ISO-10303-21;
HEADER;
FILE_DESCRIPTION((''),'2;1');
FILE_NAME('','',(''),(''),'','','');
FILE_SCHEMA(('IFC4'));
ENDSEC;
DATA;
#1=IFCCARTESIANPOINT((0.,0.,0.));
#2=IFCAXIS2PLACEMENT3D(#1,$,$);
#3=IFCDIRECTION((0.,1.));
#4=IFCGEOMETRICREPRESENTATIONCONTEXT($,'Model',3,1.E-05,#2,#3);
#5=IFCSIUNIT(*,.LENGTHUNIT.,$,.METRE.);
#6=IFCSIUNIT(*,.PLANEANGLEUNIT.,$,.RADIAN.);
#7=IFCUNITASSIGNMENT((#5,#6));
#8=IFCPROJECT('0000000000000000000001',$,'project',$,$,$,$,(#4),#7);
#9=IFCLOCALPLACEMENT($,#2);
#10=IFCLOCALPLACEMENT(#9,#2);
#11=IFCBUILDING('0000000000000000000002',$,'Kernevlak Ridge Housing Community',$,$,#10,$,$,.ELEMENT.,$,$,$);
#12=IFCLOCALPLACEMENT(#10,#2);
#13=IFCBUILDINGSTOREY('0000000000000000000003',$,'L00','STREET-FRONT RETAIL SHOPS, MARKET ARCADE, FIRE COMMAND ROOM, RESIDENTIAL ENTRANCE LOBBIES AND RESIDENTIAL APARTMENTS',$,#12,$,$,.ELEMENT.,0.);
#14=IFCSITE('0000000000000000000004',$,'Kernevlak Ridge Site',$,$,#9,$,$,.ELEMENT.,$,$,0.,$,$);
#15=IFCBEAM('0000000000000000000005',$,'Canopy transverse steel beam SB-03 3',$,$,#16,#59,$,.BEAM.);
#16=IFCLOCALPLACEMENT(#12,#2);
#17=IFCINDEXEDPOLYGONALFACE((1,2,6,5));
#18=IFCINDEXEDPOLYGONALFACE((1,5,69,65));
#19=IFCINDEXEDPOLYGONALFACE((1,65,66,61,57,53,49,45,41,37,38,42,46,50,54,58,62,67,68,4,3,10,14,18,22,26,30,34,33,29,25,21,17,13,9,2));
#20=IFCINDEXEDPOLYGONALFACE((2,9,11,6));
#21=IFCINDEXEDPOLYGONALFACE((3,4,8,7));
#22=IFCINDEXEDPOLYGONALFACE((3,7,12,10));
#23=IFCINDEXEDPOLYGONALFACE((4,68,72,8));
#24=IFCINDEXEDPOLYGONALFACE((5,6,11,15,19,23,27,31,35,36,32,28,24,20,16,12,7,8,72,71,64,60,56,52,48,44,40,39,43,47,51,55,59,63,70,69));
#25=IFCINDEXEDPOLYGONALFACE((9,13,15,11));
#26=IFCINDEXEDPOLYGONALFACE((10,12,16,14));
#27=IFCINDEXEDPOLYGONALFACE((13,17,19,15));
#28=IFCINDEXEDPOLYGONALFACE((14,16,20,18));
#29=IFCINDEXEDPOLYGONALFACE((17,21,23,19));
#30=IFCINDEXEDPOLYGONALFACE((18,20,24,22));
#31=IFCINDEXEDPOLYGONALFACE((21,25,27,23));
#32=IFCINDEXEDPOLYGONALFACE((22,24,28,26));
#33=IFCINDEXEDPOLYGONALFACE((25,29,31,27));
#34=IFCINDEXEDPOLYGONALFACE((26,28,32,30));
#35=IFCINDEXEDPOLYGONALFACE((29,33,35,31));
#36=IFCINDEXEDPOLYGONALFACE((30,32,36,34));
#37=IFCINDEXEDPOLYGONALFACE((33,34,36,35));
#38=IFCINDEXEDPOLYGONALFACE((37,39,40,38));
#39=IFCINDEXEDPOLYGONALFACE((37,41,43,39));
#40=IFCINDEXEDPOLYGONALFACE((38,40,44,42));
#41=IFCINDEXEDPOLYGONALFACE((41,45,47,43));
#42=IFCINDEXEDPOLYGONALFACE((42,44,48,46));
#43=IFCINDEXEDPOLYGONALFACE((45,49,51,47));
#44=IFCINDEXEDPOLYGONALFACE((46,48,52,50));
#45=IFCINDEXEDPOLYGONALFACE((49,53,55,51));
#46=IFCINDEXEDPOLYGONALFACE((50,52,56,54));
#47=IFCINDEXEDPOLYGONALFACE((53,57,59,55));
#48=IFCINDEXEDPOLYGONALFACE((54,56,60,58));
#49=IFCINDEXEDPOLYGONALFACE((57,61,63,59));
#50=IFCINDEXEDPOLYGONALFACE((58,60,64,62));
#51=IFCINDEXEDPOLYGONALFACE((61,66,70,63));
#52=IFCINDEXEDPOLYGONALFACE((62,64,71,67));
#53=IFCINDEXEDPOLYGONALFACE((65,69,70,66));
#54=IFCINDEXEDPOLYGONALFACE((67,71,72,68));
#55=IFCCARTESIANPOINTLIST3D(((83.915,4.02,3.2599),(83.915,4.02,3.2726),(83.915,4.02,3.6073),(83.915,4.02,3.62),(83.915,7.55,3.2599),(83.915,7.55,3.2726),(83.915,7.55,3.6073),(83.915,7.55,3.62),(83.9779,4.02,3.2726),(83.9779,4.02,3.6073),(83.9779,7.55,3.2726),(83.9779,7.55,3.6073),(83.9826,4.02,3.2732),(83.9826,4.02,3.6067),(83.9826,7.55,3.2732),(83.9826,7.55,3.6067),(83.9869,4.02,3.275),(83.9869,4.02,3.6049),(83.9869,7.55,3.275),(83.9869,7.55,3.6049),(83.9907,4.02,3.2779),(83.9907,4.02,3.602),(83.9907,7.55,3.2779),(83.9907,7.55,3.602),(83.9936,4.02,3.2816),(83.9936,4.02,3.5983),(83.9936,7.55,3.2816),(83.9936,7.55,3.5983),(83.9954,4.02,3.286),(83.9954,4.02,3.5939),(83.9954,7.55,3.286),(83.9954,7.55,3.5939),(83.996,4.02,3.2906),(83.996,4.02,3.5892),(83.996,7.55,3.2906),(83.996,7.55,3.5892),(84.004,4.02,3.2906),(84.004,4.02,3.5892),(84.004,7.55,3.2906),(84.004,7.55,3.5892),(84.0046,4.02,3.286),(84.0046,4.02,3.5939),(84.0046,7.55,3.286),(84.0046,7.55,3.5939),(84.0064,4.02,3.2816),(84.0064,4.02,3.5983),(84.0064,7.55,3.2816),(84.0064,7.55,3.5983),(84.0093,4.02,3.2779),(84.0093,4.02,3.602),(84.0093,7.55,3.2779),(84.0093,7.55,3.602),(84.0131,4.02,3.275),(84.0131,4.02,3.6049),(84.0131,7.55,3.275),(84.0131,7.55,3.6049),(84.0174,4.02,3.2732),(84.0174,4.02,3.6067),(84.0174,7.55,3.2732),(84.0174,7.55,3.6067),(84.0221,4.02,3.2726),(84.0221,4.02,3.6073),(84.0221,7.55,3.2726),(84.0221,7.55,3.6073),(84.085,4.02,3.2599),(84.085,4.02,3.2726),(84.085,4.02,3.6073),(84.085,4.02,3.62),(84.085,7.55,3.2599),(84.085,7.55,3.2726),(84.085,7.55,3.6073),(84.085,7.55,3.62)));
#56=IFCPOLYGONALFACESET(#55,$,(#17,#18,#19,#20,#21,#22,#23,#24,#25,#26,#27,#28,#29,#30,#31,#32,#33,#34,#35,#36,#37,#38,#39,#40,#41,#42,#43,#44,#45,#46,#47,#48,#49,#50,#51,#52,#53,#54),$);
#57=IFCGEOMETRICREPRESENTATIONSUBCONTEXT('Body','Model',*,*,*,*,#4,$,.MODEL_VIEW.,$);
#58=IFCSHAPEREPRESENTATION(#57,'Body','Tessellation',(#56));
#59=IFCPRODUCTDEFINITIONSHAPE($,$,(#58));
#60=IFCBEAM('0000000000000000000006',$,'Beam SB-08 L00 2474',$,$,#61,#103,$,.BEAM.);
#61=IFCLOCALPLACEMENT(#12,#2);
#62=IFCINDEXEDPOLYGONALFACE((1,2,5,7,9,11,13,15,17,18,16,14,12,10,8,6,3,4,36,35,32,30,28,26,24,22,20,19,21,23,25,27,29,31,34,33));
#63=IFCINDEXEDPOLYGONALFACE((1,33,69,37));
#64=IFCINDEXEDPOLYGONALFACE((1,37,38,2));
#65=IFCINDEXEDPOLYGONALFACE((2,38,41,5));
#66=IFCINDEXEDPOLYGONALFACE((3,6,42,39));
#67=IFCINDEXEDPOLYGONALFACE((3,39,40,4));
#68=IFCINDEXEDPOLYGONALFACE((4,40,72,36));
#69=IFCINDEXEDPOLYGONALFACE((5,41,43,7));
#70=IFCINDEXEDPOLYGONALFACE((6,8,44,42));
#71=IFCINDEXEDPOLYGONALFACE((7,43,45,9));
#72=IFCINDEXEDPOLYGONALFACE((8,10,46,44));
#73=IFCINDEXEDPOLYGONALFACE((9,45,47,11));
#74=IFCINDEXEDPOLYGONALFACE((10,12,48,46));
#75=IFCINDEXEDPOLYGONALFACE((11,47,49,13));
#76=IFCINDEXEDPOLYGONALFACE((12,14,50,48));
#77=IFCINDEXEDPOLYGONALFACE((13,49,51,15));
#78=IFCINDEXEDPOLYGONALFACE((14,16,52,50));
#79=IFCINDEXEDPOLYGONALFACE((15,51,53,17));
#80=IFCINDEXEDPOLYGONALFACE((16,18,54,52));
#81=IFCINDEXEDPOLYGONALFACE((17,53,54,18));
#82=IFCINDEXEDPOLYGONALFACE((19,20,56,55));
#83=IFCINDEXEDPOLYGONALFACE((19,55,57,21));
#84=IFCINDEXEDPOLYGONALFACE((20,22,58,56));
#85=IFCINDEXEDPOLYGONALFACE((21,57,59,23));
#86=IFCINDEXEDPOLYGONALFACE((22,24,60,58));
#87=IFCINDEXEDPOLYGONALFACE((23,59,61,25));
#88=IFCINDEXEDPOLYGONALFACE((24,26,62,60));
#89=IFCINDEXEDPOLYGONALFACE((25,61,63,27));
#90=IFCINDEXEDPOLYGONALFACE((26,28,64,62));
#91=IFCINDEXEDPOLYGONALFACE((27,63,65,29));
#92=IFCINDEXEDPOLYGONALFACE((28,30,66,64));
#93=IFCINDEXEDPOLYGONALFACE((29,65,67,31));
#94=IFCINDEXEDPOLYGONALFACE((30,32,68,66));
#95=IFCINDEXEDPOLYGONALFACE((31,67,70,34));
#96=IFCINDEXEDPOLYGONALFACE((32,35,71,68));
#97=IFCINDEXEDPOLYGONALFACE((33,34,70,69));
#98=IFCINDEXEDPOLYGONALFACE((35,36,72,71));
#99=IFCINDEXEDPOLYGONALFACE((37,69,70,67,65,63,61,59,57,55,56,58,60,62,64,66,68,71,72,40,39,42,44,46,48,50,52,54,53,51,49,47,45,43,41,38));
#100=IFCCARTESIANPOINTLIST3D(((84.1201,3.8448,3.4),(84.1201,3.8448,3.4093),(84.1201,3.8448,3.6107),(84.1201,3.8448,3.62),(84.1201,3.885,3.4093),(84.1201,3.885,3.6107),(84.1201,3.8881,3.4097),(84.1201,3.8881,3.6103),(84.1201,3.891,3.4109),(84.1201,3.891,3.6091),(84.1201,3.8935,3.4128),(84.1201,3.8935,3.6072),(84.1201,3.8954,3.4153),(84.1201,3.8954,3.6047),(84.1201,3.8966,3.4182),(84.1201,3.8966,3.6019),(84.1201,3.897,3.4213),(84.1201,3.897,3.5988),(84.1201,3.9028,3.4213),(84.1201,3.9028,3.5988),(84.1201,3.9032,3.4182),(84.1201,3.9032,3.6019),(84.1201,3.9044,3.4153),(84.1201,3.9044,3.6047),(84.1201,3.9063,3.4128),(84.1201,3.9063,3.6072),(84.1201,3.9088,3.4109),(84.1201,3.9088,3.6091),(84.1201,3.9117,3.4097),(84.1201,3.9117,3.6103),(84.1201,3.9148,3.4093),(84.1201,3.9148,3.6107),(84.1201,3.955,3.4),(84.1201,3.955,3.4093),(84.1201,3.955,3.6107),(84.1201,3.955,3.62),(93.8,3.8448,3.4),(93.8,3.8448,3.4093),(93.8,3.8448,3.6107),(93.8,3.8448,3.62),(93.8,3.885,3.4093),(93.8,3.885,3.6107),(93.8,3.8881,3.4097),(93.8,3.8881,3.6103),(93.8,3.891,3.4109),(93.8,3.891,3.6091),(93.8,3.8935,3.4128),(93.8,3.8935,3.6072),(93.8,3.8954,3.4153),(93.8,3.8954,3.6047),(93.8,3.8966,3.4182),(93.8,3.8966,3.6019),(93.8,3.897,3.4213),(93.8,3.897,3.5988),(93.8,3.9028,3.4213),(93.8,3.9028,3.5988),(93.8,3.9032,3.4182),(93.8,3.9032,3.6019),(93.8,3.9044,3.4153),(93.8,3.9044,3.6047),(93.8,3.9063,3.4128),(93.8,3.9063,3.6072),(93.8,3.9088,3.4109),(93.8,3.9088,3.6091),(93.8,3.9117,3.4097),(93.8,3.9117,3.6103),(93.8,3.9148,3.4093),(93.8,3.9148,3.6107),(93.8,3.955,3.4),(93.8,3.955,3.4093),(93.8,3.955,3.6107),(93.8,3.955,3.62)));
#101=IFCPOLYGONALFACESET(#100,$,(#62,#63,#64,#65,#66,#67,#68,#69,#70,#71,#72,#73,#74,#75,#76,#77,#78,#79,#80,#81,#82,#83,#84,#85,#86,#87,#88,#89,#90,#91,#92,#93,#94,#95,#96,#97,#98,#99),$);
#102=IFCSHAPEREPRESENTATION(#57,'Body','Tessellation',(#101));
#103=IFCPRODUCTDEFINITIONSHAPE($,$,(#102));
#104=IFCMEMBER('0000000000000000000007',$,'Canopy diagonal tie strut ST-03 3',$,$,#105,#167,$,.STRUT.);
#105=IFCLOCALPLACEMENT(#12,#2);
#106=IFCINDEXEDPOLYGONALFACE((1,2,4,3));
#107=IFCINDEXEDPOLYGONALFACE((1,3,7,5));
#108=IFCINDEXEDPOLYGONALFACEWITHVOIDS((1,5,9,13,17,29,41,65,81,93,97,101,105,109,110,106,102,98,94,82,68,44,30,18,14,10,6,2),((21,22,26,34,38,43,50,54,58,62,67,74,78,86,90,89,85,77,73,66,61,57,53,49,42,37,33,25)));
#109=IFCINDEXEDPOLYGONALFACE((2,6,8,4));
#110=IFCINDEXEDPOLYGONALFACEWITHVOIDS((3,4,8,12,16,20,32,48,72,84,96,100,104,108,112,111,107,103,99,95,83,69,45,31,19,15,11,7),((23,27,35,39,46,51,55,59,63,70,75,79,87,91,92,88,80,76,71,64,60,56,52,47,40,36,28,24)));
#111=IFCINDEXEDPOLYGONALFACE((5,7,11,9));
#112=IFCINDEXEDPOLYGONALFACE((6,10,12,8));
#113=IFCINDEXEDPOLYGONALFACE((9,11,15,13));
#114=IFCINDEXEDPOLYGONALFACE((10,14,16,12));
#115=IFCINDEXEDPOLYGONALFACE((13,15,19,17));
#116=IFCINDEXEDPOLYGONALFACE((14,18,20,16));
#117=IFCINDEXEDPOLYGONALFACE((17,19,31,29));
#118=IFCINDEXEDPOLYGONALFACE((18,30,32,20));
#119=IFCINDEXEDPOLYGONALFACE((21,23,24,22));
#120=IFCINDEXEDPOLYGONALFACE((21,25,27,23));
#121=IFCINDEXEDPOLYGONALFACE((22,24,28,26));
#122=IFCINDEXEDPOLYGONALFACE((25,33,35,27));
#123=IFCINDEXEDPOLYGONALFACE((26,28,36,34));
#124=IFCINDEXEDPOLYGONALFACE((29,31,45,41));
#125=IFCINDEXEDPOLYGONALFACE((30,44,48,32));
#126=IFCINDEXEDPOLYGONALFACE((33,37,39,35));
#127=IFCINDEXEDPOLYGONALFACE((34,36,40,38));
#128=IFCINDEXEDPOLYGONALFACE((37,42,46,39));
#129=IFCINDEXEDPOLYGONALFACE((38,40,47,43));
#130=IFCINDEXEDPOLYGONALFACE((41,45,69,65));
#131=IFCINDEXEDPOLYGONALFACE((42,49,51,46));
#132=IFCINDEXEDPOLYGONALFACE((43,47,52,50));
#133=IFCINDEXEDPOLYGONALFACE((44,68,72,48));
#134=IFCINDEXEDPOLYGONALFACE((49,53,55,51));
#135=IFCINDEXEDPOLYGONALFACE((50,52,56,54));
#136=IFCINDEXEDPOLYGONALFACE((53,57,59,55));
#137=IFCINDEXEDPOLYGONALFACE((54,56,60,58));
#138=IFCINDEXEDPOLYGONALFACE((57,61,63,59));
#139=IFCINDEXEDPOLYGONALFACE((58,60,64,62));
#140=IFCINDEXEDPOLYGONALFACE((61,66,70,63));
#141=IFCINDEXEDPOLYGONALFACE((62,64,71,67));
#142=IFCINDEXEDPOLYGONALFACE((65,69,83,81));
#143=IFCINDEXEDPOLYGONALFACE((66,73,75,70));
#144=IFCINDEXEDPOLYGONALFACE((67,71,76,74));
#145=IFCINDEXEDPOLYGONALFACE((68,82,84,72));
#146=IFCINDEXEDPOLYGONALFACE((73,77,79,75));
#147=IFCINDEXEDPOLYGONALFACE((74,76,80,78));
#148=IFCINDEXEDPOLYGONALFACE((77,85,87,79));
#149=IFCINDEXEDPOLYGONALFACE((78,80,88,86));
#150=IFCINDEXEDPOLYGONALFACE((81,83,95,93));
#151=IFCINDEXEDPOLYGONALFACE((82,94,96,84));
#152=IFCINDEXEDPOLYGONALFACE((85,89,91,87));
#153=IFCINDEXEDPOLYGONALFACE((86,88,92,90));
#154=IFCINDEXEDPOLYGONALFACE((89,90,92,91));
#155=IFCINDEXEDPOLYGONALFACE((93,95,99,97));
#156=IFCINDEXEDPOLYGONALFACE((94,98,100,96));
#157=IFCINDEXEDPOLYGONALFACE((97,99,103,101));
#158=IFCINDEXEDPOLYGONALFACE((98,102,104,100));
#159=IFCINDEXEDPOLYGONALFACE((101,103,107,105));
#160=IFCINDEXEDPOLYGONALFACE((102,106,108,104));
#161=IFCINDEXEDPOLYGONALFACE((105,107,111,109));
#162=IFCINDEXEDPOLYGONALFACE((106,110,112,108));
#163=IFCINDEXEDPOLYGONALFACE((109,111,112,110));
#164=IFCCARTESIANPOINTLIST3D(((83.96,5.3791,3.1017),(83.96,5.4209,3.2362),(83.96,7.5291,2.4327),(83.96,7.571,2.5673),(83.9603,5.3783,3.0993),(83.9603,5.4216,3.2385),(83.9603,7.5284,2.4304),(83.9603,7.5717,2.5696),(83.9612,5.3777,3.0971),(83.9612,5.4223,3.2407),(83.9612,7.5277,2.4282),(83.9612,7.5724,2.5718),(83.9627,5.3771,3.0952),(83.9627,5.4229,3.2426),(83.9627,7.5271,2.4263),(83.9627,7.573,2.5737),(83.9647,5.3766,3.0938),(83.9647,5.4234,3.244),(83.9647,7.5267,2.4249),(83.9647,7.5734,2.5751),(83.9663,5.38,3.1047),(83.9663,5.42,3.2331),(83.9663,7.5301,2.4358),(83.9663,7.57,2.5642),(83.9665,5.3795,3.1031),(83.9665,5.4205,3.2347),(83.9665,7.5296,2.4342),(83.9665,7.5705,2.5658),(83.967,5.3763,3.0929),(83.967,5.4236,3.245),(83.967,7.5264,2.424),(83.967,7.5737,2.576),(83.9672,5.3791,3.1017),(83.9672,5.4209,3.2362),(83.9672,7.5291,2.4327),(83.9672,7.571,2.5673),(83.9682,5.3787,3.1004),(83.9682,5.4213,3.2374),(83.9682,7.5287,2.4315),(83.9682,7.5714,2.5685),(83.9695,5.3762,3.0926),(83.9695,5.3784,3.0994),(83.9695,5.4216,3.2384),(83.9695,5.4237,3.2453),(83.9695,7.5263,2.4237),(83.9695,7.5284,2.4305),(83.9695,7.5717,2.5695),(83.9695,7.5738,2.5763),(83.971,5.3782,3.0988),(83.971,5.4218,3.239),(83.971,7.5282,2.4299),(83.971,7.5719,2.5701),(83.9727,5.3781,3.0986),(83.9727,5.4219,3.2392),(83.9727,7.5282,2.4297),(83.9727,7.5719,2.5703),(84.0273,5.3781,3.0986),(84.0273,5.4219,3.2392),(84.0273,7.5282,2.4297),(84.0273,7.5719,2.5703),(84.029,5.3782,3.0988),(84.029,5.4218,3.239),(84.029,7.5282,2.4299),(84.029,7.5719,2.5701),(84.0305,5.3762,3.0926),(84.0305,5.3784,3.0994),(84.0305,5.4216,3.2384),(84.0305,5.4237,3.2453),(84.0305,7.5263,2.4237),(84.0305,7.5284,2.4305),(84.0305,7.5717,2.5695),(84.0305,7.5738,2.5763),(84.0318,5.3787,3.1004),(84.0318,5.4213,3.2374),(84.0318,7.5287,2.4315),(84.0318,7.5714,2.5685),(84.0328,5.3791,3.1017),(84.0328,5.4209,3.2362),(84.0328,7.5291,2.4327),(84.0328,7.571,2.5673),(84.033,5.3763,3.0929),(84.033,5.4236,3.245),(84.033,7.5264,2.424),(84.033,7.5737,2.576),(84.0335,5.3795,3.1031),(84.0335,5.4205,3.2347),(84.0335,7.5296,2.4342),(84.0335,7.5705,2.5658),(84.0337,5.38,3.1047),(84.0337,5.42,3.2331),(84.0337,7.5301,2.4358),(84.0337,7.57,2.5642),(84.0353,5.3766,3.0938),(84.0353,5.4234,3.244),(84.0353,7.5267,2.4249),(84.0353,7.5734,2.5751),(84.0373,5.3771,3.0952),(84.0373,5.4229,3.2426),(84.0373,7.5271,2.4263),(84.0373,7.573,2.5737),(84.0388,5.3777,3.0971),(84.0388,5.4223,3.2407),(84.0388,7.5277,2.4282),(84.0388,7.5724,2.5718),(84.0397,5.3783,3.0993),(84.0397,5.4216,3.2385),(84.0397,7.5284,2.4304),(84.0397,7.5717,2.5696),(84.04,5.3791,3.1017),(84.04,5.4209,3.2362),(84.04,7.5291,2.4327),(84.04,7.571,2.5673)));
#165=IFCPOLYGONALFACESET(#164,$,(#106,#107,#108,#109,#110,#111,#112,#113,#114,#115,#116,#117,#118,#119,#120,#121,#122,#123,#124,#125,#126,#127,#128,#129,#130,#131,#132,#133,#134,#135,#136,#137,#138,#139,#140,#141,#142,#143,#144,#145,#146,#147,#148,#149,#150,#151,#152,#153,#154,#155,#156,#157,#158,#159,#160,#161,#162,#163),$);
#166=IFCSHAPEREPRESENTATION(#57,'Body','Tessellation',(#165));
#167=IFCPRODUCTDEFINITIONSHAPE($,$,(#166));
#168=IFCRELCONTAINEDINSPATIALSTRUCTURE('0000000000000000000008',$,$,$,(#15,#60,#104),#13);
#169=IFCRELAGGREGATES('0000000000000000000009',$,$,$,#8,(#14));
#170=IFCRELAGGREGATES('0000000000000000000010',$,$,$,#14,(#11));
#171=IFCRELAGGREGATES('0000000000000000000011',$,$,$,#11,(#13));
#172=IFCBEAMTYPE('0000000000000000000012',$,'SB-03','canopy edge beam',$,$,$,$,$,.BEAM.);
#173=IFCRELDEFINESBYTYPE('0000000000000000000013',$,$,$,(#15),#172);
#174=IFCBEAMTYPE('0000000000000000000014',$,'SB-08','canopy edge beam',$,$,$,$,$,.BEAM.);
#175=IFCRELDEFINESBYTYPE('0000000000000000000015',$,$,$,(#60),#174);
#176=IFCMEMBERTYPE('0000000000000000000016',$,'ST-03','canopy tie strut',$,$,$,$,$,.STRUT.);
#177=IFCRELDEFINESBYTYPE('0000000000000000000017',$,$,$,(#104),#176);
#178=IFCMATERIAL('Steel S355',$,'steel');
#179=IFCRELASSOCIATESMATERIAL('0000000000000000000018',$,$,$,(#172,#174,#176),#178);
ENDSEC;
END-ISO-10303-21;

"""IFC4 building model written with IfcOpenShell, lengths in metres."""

from ifc_helpers import new_model, si_unit, direction, frame, origin, origin_2d, place, context, subcontext, project, spatial, hollow_rectangle, i_section, extrude, material, material_profile, profile_set, type_object, element, save


model = new_model("IFC4")

# Units and contexts
model_context = context("Model", 3, precision=1e-05, world=origin(), true_north=direction((0.0, 1.0)))
body_context = subcontext(model_context, "Body", "Model", "MODEL_VIEW")
ifc_project = project(units=[si_unit("LENGTHUNIT", "METRE"), si_unit("PLANEANGLEUNIT", "RADIAN")], contexts=[model_context])

# Site, building, storey
site_placement = place(None, origin())
site = spatial("IfcSite", under=ifc_project, at=site_placement, Name="Kernevlak Ridge Site", CompositionType="ELEMENT", RefElevation=0.0)
building_placement = place(site_placement, origin())
building = spatial("IfcBuilding", under=site, at=building_placement, Name="Kernevlak Ridge Housing Community", CompositionType="ELEMENT")
storey_placement = place(building_placement, origin())
storey = spatial("IfcBuildingStorey", under=building, at=storey_placement, Name="L00", Description="STREET-FRONT RETAIL SHOPS, MARKET ARCADE, FIRE COMMAND ROOM, RESIDENTIAL ENTRANCE LOBBIES AND RESIDENTIAL APARTMENTS", CompositionType="ELEMENT", Elevation=0.0)

# Shared definitions
ifc_material_1 = material(Name="Steel S355", Category="steel")

# Beams
ifc_material_profile_1 = material_profile(ifc_material_1, i_section(OverallWidth=0.1699, OverallDepth=0.3601, WebThickness=0.0081, FlangeThickness=0.0127, FilletRadius=0.0181, at=origin_2d()), Name="IPE 360")
ifc_profile_set_1 = profile_set([ifc_material_profile_1], Name="Steel S355")
beam_type_1 = type_object("IfcBeamType", Name="SB-03", Description="canopy edge beam", PredefinedType="BEAM", material=ifc_profile_set_1)
beam_1_placement = place(storey_placement, frame((84.0, 4.02, 3.4399), z_axis=(0.0, 1.0, 0.0), x_axis=(-1.0, 0.0, 0.0)))
element("IfcBeam", 1, at=beam_1_placement, inside=storey, type_object=beam_type_1, Name="Canopy transverse steel beam SB-03 3", PredefinedType="BEAM", context=body_context, shape_type="SweptSolid", body=[
    extrude(i_section(OverallWidth=0.1699, OverallDepth=0.3601, WebThickness=0.0081, FlangeThickness=0.0127, FilletRadius=0.0181, at=origin_2d()), origin(), (0.0, 0.0, 1.0), 3.53),
])
ifc_material_profile_2 = material_profile(ifc_material_1, i_section(OverallWidth=0.1101, OverallDepth=0.22, WebThickness=0.0059, FlangeThickness=0.0093, FilletRadius=0.012, at=origin_2d()), Name="IPE 220")
ifc_profile_set_2 = profile_set([ifc_material_profile_2], Name="Steel S355")
beam_type_2 = type_object("IfcBeamType", Name="SB-08", Description="canopy edge beam", PredefinedType="BEAM", material=ifc_profile_set_2)
beam_2_placement = place(storey_placement, frame((84.1201, 3.8999, 3.51), z_axis=(1.0, 0.0, 0.0), x_axis=(0.0, 1.0, 0.0)))
element("IfcBeam", 2, at=beam_2_placement, inside=storey, type_object=beam_type_2, Name="Beam SB-08 L00 2474", PredefinedType="BEAM", context=body_context, shape_type="SweptSolid", body=[
    extrude(i_section(OverallWidth=0.1101, OverallDepth=0.22, WebThickness=0.0059, FlangeThickness=0.0093, FilletRadius=0.012, at=origin_2d()), origin(), (0.0, 0.0, 1.0), 9.6799),
])

# Member
ifc_material_profile_3 = material_profile(ifc_material_1, hollow_rectangle(XDim=0.0801, YDim=0.1599, WallThickness=0.0063, InnerFilletRadius=0.0063, OuterFilletRadius=0.0095, at=origin_2d()), Name="RHS 160x80x6.3")
ifc_profile_set_3 = profile_set([ifc_material_profile_3], Name="Steel S355")
member_type_1 = type_object("IfcMemberType", Name="ST-03", Description="canopy tie strut", PredefinedType="STRUT", material=ifc_profile_set_3)
member_1_placement = place(storey_placement, frame((84.0, 7.55, 2.5), z_axis=(0.0, -0.954855, 0.297071), x_axis=(1.0, 0.0, 0.0)))
element("IfcMember", 3, at=member_1_placement, inside=storey, type_object=member_type_1, Name="Canopy diagonal tie strut ST-03 3", PredefinedType="STRUT", context=body_context, shape_type="SweptSolid", body=[
    extrude(hollow_rectangle(XDim=0.0801, YDim=0.1599, WallThickness=0.0063, InnerFilletRadius=0.0063, OuterFilletRadius=0.0095, at=origin_2d()), origin(), (0.0, 0.0, 1.0), 2.2517),
])

save(model, "model.ifc")
